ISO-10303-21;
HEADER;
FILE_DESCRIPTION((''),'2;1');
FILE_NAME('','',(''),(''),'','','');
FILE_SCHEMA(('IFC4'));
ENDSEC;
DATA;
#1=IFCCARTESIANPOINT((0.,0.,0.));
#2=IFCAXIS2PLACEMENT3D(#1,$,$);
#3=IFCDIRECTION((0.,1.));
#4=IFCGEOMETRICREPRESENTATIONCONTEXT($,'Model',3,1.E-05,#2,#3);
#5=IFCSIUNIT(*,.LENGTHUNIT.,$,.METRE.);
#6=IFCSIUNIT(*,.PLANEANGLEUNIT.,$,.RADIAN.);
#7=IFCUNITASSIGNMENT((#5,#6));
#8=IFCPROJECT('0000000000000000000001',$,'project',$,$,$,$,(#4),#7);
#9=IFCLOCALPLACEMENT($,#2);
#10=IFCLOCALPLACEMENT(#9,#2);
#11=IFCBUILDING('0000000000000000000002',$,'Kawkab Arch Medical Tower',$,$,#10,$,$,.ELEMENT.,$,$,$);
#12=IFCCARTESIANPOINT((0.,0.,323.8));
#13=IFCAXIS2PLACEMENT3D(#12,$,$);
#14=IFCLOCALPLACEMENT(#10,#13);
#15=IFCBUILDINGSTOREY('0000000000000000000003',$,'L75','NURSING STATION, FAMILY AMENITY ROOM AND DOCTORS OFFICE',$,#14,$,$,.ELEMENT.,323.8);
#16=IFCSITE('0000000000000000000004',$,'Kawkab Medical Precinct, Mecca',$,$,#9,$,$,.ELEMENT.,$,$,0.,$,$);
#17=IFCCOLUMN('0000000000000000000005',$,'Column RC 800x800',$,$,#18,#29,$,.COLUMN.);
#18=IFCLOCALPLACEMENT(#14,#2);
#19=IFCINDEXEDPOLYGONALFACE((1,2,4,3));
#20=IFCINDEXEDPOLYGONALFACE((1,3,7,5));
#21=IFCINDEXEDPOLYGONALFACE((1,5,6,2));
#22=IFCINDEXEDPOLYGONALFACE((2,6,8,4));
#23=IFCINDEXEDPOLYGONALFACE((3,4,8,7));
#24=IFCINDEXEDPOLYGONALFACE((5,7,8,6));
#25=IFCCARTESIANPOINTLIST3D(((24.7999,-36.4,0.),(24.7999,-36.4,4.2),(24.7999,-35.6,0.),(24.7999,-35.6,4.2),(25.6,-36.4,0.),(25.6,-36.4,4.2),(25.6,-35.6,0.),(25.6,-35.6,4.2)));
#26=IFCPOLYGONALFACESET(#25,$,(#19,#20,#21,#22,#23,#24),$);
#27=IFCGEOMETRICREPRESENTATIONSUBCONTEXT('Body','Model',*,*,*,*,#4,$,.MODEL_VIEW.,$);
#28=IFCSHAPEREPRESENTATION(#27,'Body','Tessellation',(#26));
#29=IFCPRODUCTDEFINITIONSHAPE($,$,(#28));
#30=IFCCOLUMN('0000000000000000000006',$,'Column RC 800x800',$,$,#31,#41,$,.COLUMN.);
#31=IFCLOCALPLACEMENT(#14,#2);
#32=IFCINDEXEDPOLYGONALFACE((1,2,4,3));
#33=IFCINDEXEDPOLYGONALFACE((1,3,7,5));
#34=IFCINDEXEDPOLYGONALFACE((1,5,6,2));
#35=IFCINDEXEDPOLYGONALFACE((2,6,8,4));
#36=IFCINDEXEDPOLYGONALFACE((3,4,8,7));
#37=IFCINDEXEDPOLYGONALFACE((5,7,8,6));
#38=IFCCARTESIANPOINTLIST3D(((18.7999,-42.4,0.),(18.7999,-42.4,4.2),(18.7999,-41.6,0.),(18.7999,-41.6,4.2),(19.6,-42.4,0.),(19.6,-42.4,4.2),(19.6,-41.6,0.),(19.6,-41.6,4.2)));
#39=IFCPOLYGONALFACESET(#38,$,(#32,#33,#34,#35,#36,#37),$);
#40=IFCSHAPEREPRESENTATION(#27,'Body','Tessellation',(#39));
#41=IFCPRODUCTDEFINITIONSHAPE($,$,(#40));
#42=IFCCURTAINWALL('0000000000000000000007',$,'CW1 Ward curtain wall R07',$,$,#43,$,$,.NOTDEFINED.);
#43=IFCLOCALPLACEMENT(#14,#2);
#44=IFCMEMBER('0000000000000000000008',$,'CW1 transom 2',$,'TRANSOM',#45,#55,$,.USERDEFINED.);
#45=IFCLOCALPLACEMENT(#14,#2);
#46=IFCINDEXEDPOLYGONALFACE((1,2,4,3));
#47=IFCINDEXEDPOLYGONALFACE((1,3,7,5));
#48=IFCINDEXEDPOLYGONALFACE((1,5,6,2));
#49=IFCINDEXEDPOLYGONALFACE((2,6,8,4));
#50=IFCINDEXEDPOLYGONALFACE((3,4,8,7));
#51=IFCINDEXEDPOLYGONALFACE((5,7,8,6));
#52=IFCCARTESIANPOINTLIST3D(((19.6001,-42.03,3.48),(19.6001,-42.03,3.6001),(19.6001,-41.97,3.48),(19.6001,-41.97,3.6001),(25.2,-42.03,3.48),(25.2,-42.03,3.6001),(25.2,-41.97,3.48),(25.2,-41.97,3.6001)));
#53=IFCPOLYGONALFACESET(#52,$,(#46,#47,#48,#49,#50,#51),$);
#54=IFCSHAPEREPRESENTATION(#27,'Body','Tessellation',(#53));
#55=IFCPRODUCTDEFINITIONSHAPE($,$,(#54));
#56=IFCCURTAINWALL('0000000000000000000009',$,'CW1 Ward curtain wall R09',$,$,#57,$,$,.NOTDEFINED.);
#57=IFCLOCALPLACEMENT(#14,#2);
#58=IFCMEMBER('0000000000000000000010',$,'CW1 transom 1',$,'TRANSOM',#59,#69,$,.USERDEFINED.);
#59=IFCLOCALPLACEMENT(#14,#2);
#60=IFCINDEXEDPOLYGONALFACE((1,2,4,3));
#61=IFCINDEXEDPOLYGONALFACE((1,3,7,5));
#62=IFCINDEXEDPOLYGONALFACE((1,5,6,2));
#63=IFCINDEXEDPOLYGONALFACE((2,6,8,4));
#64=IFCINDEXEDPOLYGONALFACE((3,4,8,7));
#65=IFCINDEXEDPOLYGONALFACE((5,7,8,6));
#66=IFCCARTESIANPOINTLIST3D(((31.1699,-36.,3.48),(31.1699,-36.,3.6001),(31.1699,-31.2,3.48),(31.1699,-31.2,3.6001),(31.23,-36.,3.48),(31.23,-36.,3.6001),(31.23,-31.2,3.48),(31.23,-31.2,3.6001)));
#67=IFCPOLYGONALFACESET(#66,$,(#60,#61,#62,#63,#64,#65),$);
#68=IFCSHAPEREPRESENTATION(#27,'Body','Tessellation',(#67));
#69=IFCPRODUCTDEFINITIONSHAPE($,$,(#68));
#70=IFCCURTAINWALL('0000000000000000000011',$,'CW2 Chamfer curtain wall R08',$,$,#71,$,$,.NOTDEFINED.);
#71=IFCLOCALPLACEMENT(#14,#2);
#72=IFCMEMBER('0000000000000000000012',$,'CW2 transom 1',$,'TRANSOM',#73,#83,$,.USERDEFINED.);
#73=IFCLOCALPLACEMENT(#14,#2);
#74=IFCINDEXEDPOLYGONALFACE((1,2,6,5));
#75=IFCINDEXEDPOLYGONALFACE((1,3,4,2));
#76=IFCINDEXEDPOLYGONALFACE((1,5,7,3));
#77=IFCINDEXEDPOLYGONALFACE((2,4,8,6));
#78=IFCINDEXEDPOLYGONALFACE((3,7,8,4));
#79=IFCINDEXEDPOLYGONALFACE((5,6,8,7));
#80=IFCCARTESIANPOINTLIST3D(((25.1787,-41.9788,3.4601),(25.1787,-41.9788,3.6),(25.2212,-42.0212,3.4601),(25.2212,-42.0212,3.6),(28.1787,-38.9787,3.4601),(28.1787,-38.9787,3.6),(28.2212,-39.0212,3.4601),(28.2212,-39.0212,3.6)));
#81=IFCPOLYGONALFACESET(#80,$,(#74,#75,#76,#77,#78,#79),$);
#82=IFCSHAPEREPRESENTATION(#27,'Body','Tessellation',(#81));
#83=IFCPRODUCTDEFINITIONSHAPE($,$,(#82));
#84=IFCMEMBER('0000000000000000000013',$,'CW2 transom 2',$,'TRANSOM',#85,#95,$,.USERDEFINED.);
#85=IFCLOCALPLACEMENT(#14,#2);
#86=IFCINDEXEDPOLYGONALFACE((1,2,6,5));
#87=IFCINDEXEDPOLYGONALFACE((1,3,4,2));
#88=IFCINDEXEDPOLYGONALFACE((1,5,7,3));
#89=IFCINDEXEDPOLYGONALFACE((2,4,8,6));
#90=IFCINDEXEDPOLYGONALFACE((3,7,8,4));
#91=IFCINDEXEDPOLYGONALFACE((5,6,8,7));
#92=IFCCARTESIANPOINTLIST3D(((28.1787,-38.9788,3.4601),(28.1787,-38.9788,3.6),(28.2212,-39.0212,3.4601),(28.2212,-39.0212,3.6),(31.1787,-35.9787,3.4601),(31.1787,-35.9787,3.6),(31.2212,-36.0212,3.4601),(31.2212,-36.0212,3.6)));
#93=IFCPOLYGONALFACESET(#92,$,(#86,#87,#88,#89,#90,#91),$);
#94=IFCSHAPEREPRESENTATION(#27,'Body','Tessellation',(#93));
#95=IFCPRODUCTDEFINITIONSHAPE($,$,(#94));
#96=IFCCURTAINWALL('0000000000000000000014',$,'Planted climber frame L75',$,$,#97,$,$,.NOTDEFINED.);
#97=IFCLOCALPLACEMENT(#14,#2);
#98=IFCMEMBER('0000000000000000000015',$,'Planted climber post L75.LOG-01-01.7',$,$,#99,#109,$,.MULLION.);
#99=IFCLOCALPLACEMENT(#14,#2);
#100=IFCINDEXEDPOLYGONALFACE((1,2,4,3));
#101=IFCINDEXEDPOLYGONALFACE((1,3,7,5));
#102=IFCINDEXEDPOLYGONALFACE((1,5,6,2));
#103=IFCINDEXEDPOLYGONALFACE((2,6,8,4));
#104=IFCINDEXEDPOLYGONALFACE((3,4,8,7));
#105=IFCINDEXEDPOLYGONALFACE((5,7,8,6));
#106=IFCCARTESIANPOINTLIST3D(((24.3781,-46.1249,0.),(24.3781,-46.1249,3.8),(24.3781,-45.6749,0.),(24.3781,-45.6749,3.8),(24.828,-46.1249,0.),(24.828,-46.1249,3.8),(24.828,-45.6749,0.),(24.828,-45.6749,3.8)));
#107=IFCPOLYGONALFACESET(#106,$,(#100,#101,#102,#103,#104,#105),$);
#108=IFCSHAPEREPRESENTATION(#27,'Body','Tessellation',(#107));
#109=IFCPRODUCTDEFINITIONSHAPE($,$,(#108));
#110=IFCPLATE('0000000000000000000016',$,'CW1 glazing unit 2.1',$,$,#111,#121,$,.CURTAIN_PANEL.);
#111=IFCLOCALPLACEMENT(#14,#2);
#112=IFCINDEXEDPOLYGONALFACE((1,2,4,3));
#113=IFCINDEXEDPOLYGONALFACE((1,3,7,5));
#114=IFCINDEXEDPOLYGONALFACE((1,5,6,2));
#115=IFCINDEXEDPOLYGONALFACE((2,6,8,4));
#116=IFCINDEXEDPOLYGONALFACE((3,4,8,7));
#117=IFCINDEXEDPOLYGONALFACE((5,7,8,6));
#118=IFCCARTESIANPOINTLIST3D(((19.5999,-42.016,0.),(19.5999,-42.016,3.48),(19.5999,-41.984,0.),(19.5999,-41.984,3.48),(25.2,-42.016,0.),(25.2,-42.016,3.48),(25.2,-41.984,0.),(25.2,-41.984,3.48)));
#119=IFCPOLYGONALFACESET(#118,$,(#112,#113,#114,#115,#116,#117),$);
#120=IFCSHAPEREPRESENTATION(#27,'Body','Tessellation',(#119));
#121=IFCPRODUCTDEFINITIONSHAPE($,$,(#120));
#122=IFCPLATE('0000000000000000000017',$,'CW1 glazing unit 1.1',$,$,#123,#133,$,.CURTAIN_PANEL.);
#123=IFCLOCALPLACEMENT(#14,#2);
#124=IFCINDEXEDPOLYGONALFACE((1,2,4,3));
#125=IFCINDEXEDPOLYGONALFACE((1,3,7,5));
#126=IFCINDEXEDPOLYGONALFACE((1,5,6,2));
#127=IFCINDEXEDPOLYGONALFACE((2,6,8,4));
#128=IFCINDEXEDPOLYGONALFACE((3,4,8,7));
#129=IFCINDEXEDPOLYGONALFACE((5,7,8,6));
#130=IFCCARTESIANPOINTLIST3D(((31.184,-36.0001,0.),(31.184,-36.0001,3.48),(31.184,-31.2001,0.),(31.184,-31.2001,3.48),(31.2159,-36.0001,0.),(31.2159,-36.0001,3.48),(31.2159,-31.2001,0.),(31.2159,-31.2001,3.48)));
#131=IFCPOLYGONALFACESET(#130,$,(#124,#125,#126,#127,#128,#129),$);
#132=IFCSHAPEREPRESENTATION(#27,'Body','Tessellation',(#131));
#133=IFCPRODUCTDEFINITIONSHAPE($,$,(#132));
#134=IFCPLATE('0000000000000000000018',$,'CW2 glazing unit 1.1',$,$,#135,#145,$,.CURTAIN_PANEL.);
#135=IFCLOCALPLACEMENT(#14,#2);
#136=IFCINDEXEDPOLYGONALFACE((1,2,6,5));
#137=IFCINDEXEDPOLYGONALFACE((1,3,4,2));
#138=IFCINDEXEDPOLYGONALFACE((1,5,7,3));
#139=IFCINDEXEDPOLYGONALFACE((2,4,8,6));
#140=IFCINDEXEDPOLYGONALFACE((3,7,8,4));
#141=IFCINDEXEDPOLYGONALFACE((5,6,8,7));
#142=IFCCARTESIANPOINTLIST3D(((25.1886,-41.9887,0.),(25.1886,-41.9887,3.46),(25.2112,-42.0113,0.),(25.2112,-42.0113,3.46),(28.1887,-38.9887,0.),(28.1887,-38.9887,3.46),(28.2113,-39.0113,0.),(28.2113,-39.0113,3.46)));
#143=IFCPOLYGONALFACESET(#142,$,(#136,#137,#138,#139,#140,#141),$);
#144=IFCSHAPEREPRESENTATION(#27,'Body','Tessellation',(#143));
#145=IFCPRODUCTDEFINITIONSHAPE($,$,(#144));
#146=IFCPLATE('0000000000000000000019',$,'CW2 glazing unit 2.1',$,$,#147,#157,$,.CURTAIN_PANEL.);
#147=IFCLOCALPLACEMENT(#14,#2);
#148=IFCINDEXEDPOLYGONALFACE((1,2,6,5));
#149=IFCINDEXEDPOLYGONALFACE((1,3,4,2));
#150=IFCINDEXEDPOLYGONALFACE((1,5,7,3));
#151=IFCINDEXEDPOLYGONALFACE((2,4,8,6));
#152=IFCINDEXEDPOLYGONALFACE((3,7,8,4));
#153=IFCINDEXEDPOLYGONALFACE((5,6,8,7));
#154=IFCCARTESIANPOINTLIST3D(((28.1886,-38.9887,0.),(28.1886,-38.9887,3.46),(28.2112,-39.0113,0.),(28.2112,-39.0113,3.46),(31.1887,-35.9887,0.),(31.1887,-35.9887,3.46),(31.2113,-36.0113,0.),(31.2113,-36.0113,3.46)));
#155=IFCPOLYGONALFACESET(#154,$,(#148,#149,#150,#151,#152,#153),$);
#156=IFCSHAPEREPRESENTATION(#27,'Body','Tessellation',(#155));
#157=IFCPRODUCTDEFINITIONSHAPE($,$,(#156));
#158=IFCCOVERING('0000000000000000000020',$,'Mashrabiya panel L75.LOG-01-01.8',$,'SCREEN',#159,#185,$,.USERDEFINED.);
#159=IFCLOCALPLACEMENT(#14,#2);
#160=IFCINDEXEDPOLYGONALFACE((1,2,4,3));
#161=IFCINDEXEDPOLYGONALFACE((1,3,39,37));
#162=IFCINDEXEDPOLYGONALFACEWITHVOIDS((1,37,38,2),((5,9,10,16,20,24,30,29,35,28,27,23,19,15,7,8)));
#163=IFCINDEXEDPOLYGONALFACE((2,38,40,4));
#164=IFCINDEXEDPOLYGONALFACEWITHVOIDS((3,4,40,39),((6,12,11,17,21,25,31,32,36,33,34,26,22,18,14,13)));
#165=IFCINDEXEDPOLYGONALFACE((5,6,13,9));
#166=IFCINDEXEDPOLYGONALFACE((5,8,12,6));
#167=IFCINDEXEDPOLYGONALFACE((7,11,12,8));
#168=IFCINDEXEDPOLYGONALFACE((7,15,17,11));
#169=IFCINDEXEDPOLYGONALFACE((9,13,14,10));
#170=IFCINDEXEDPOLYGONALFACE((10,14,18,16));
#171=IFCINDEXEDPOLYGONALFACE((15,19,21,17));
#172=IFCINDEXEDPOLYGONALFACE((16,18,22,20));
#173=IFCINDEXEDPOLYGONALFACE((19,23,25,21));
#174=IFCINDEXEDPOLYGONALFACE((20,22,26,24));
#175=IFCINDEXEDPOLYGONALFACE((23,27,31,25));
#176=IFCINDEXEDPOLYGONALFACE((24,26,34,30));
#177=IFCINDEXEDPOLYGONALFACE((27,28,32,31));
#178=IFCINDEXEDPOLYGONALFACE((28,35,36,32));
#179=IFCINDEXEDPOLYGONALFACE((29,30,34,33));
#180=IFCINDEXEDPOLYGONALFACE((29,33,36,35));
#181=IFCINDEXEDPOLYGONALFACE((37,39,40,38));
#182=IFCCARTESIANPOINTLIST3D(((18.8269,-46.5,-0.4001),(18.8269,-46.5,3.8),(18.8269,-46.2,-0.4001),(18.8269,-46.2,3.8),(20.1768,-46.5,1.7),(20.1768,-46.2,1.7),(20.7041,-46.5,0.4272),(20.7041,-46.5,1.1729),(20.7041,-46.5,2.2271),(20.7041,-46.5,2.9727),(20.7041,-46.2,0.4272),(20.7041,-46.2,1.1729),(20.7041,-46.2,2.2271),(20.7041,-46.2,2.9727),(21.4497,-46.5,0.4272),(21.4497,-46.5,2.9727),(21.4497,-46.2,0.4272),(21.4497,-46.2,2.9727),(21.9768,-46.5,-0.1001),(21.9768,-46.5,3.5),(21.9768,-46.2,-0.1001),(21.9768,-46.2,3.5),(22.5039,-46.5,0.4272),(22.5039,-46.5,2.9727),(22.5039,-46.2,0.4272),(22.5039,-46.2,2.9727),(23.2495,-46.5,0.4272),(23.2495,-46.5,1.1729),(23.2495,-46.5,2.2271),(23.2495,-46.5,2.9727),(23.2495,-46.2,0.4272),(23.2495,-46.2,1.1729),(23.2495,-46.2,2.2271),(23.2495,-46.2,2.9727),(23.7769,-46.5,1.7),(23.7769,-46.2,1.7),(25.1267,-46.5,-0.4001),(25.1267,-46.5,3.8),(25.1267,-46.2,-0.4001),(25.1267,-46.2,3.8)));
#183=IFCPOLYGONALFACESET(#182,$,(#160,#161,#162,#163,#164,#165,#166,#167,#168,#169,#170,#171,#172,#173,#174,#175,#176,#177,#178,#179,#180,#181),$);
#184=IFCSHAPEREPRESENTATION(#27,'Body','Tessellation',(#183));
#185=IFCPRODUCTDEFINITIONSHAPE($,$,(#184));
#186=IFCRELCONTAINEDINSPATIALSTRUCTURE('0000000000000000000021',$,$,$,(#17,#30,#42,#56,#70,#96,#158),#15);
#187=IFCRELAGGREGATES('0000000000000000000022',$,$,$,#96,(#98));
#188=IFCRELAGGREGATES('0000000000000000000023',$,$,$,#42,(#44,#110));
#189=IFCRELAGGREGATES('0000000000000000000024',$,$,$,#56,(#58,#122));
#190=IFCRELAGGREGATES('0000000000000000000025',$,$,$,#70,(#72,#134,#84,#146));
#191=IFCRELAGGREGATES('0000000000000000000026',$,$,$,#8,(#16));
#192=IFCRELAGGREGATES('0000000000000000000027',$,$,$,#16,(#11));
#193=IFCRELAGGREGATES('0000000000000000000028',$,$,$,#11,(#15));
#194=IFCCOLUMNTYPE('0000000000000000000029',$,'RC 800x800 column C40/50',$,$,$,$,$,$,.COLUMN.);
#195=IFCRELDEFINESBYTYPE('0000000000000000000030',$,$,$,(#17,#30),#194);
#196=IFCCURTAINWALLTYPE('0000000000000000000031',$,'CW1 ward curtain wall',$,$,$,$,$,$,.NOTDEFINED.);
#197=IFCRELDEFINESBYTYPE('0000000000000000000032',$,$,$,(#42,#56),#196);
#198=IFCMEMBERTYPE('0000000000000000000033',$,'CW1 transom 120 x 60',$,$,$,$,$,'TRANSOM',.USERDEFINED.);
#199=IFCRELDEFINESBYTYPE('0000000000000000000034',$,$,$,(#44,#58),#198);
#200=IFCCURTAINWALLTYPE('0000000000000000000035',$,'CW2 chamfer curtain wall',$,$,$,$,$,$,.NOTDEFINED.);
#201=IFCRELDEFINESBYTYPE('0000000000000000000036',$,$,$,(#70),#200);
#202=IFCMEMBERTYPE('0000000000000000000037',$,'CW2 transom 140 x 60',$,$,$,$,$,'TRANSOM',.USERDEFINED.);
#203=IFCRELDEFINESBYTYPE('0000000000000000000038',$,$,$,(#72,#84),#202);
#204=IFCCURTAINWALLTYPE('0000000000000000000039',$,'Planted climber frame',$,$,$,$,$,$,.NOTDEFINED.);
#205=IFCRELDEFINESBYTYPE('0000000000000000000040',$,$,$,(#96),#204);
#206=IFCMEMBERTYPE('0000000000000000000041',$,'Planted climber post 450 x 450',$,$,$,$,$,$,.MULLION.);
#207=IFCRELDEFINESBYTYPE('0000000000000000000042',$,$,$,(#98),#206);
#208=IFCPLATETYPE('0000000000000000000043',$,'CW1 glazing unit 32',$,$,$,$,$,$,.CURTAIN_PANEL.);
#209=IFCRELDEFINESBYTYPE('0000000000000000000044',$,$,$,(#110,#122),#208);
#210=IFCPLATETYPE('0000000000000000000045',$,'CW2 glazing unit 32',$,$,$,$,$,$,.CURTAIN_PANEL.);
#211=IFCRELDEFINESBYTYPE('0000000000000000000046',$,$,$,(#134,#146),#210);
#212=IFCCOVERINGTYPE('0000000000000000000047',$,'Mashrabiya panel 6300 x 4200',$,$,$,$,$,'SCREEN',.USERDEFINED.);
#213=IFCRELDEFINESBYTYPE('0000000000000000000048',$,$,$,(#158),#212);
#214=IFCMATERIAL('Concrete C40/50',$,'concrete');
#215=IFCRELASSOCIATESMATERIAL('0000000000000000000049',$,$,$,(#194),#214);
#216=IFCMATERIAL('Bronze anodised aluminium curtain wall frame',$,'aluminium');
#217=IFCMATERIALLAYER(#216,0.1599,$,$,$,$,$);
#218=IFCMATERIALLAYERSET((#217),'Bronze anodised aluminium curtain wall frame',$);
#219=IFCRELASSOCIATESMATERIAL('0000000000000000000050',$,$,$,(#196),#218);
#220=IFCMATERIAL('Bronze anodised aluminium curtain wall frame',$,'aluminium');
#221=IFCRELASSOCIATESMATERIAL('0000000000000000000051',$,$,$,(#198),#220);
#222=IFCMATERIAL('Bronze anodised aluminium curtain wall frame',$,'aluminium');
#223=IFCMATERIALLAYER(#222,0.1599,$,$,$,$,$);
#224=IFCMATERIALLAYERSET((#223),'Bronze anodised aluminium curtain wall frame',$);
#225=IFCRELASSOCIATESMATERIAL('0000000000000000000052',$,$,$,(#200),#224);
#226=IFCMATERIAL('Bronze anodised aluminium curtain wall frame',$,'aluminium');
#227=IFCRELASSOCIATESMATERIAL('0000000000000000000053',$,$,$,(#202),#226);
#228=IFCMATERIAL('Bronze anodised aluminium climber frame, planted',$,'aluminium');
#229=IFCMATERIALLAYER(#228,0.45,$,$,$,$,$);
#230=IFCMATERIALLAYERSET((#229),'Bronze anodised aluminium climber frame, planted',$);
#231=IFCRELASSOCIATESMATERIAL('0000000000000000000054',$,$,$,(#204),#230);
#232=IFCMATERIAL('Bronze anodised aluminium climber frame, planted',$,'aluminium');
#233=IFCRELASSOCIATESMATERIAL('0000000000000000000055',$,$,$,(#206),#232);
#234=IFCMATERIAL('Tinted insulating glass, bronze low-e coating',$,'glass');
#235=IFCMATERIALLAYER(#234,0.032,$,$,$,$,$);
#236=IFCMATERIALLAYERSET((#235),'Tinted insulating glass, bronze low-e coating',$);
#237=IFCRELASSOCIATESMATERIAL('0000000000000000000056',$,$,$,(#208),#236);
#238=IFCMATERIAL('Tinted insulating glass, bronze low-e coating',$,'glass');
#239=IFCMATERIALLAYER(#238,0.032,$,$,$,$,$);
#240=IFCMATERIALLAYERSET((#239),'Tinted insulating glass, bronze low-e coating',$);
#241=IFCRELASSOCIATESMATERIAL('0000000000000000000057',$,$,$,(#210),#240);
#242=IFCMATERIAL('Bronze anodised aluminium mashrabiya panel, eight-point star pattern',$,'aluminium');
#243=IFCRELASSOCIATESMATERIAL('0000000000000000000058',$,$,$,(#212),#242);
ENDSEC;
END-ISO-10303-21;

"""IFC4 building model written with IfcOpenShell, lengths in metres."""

from ifc_helpers import new_model, si_unit, direction, frame, origin, origin_2d, place, context, subcontext, project, spatial, polyline, rectangle, outline, extrude, material, layer, layer_set, material_profile, profile_set, type_object, element, aggregate, save


model = new_model("IFC4")

# Units and contexts
model_context = context("Model", 3, precision=1e-05, world=origin(), true_north=direction((0.0, 1.0)))
body_context = subcontext(model_context, "Body", "Model", "MODEL_VIEW")
ifc_project = project(units=[si_unit("LENGTHUNIT", "METRE"), si_unit("PLANEANGLEUNIT", "RADIAN")], contexts=[model_context])

# Site, building, storey
site_placement = place(None, origin())
site = spatial("IfcSite", under=ifc_project, at=site_placement, Name="Kawkab Medical Precinct, Mecca", CompositionType="ELEMENT", RefElevation=0.0)
building_placement = place(site_placement, origin())
building = spatial("IfcBuilding", under=site, at=building_placement, Name="Kawkab Arch Medical Tower", CompositionType="ELEMENT")
storey_placement = place(building_placement, frame((0.0, 0.0, 323.8)))
storey = spatial("IfcBuildingStorey", under=building, at=storey_placement, Name="L75", Description="NURSING STATION, FAMILY AMENITY ROOM AND DOCTORS OFFICE", CompositionType="ELEMENT", Elevation=323.8)

# Columns
ifc_material_1 = material(Name="Concrete C40/50", Category="concrete")
ifc_material_profile_1 = material_profile(ifc_material_1, rectangle(XDim=0.8, YDim=0.8, at=origin_2d()), Name="RC 800x800")
ifc_profile_set_1 = profile_set([ifc_material_profile_1], Name="Concrete C40/50")
column_type = type_object("IfcColumnType", Name="RC 800x800 column C40/50", PredefinedType="COLUMN", material=ifc_profile_set_1)
for number, where, z_axis, x_axis, name in (
    (1, (25.2, -36.0, 0.0), (0.0, 0.0, 1.0), (1.0, 0.0, 0.0), "Column RC 800x800"),
    (2, (19.2, -42.0, 0.0), (0.0, 0.0, 1.0), (1.0, 0.0, 0.0), "Column RC 800x800"),
):
    element("IfcColumn", number, at=place(storey_placement, frame(where, z_axis=z_axis, x_axis=x_axis)), inside=storey, type_object=column_type, Name=name, PredefinedType="COLUMN", context=body_context, shape_type="SweptSolid", body=[
        extrude(rectangle(XDim=0.8, YDim=0.8, at=origin_2d()), origin(), (0.0, 0.0, 1.0), 4.2),
    ])

# Curtain walls, members
ifc_material_2 = material(Name="Bronze anodised aluminium curtain wall frame", Category="aluminium")
ifc_layer_1 = layer(ifc_material_2, 0.1599)
ifc_layer_set_1 = layer_set([ifc_layer_1], Name="Bronze anodised aluminium curtain wall frame")
curtain_wall_type_1 = type_object("IfcCurtainWallType", Name="CW1 ward curtain wall", PredefinedType="NOTDEFINED", material=ifc_layer_set_1)
placement = place(storey_placement, origin())
curtain_wall_1 = element("IfcCurtainWall", 3, at=placement, inside=storey, type_object=curtain_wall_type_1, Name="CW1 Ward curtain wall R07", PredefinedType="NOTDEFINED")
ifc_material_3 = material(Name="Bronze anodised aluminium curtain wall frame", Category="aluminium")
ifc_material_profile_2 = material_profile(ifc_material_3, rectangle(XDim=0.0601, YDim=0.1201, at=origin_2d()), Name="AL 60x120")
ifc_profile_set_2 = profile_set([ifc_material_profile_2], Name="Bronze anodised aluminium curtain wall frame")
member_type_1 = type_object("IfcMemberType", Name="CW1 transom 120 x 60", ElementType="TRANSOM", PredefinedType="USERDEFINED", material=ifc_profile_set_2)
member_1_placement = place(storey_placement, frame((19.6001, -42.0, 3.54), z_axis=(1.0, 0.0, 0.0), x_axis=(0.0, 1.0, 0.0)))
member_1 = element("IfcMember", 4, at=member_1_placement, type_object=member_type_1, Name="CW1 transom 2", ObjectType="TRANSOM", PredefinedType="USERDEFINED", context=body_context, shape_type="SweptSolid", body=[
    extrude(rectangle(XDim=0.0601, YDim=0.1201, at=origin_2d()), origin(), (0.0, 0.0, 1.0), 5.5999),
])
curtain_wall_2 = element("IfcCurtainWall", 5, at=placement, inside=storey, type_object=curtain_wall_type_1, Name="CW1 Ward curtain wall R09", PredefinedType="NOTDEFINED")
member_2_placement = place(storey_placement, frame((31.2, -36.0, 3.54), z_axis=(0.0, 1.0, 0.0), x_axis=(-1.0, 0.0, 0.0)))
member_2 = element("IfcMember", 6, at=member_2_placement, type_object=member_type_1, Name="CW1 transom 1", ObjectType="TRANSOM", PredefinedType="USERDEFINED", context=body_context, shape_type="SweptSolid", body=[
    extrude(rectangle(XDim=0.0601, YDim=0.1201, at=origin_2d()), origin(), (0.0, 0.0, 1.0), 4.8),
])

# Curtain wall, members
ifc_material_4 = material(Name="Bronze anodised aluminium curtain wall frame", Category="aluminium")
ifc_layer_2 = layer(ifc_material_4, 0.1599)
ifc_layer_set_2 = layer_set([ifc_layer_2], Name="Bronze anodised aluminium curtain wall frame")
curtain_wall_type_2 = type_object("IfcCurtainWallType", Name="CW2 chamfer curtain wall", PredefinedType="NOTDEFINED", material=ifc_layer_set_2)
curtain_wall_3 = element("IfcCurtainWall", 7, at=placement, inside=storey, type_object=curtain_wall_type_2, Name="CW2 Chamfer curtain wall R08", PredefinedType="NOTDEFINED")
ifc_material_5 = material(Name="Bronze anodised aluminium curtain wall frame", Category="aluminium")
ifc_material_profile_3 = material_profile(ifc_material_5, rectangle(XDim=0.0601, YDim=0.1399, at=origin_2d()), Name="AL 60x140")
ifc_profile_set_3 = profile_set([ifc_material_profile_3], Name="Bronze anodised aluminium curtain wall frame")
member_type_2 = type_object("IfcMemberType", Name="CW2 transom 140 x 60", ElementType="TRANSOM", PredefinedType="USERDEFINED", material=ifc_profile_set_3)
member_3_placement = place(storey_placement, frame((25.2, -42.0, 3.53), z_axis=(0.707107, 0.707107, 0.0), x_axis=(-0.707107, 0.707107, 0.0)))
member_3 = element("IfcMember", 8, at=member_3_placement, type_object=member_type_2, Name="CW2 transom 1", ObjectType="TRANSOM", PredefinedType="USERDEFINED", context=body_context, shape_type="SweptSolid", body=[
    extrude(rectangle(XDim=0.0601, YDim=0.1399, at=origin_2d()), origin(), (0.0, 0.0, 1.0), 4.2427),
])
member_4_placement = place(storey_placement, frame((28.2, -39.0, 3.53), z_axis=(0.707107, 0.707107, 0.0), x_axis=(-0.707107, 0.707107, 0.0)))
member_4 = element("IfcMember", 9, at=member_4_placement, type_object=member_type_2, Name="CW2 transom 2", ObjectType="TRANSOM", PredefinedType="USERDEFINED", context=body_context, shape_type="SweptSolid", body=[
    extrude(rectangle(XDim=0.0601, YDim=0.1399, at=origin_2d()), origin(), (0.0, 0.0, 1.0), 4.2427),
])

# Curtain wall, member
ifc_material_6 = material(Name="Bronze anodised aluminium climber frame, planted", Category="aluminium")
ifc_layer_3 = layer(ifc_material_6, 0.45)
ifc_layer_set_3 = layer_set([ifc_layer_3], Name="Bronze anodised aluminium climber frame, planted")
curtain_wall_type_3 = type_object("IfcCurtainWallType", Name="Planted climber frame", PredefinedType="NOTDEFINED", material=ifc_layer_set_3)
curtain_wall_4 = element("IfcCurtainWall", 10, at=placement, inside=storey, type_object=curtain_wall_type_3, Name="Planted climber frame L75", PredefinedType="NOTDEFINED")
ifc_material_7 = material(Name="Bronze anodised aluminium climber frame, planted", Category="aluminium")
ifc_material_profile_4 = material_profile(ifc_material_7, rectangle(XDim=0.45, YDim=0.45, at=origin_2d()), Name="Post 450x450")
ifc_profile_set_4 = profile_set([ifc_material_profile_4], Name="Bronze anodised aluminium climber frame, planted")
member_type_3 = type_object("IfcMemberType", Name="Planted climber post 450 x 450", PredefinedType="MULLION", material=ifc_profile_set_4)
member_5_placement = place(storey_placement, frame((24.603, -45.8999, 0.0), z_axis=(0.0, 0.0, 1.0), x_axis=(1.0, 0.0, 0.0)))
member_5 = element("IfcMember", 11, at=member_5_placement, type_object=member_type_3, Name="Planted climber post L75.LOG-01-01.7", PredefinedType="MULLION", context=body_context, shape_type="SweptSolid", body=[
    extrude(rectangle(XDim=0.45, YDim=0.45, at=origin_2d()), origin(), (0.0, 0.0, 1.0), 3.8),
])
aggregate(curtain_wall_4, [member_5])

# Plates
ifc_material_8 = material(Name="Tinted insulating glass, bronze low-e coating", Category="glass")
ifc_layer_4 = layer(ifc_material_8, 0.032)
ifc_layer_set_4 = layer_set([ifc_layer_4], Name="Tinted insulating glass, bronze low-e coating")
plate_type_1 = type_object("IfcPlateType", Name="CW1 glazing unit 32", PredefinedType="CURTAIN_PANEL", material=ifc_layer_set_4)
plate_1_placement = place(storey_placement, frame((22.3999, -42.0, 0.0), z_axis=(0.0, 0.0, 1.0), x_axis=(1.0, 0.0, 0.0)))
plate_1 = element("IfcPlate", 12, at=plate_1_placement, type_object=plate_type_1, Name="CW1 glazing unit 2.1", PredefinedType="CURTAIN_PANEL", context=body_context, shape_type="SweptSolid", body=[
    extrude(rectangle(XDim=5.6001, YDim=0.032, at=origin_2d()), origin(), (0.0, 0.0, 1.0), 3.48),
])
aggregate(curtain_wall_1, [member_1, plate_1])
plate_2_placement = place(storey_placement, frame((31.2, -33.6001, 0.0), z_axis=(0.0, 0.0, 1.0), x_axis=(0.0, 1.0, 0.0)))
plate_2 = element("IfcPlate", 13, at=plate_2_placement, type_object=plate_type_1, Name="CW1 glazing unit 1.1", PredefinedType="CURTAIN_PANEL", context=body_context, shape_type="SweptSolid", body=[
    extrude(rectangle(XDim=4.8, YDim=0.032, at=origin_2d()), origin(), (0.0, 0.0, 1.0), 3.48),
])
aggregate(curtain_wall_2, [member_2, plate_2])
ifc_material_9 = material(Name="Tinted insulating glass, bronze low-e coating", Category="glass")
ifc_layer_5 = layer(ifc_material_9, 0.032)
ifc_layer_set_5 = layer_set([ifc_layer_5], Name="Tinted insulating glass, bronze low-e coating")
plate_type_2 = type_object("IfcPlateType", Name="CW2 glazing unit 32", PredefinedType="CURTAIN_PANEL", material=ifc_layer_set_5)
plate_3_placement = place(storey_placement, frame((26.7, -40.5, 0.0), z_axis=(0.0, 0.0, 1.0), x_axis=(0.707107, 0.707107, 0.0)))
plate_3 = element("IfcPlate", 14, at=plate_3_placement, type_object=plate_type_2, Name="CW2 glazing unit 1.1", PredefinedType="CURTAIN_PANEL", context=body_context, shape_type="SweptSolid", body=[
    extrude(rectangle(XDim=4.2427, YDim=0.032, at=origin_2d()), origin(), (0.0, 0.0, 1.0), 3.46),
])
plate_4_placement = place(storey_placement, frame((29.7, -37.5, 0.0), z_axis=(0.0, 0.0, 1.0), x_axis=(0.707107, 0.707107, 0.0)))
plate_4 = element("IfcPlate", 15, at=plate_4_placement, type_object=plate_type_2, Name="CW2 glazing unit 2.1", PredefinedType="CURTAIN_PANEL", context=body_context, shape_type="SweptSolid", body=[
    extrude(rectangle(XDim=4.2427, YDim=0.032, at=origin_2d()), origin(), (0.0, 0.0, 1.0), 3.46),
])
aggregate(curtain_wall_3, [member_3, plate_3, member_4, plate_4])

# Covering
ifc_material_10 = material(Name="Bronze anodised aluminium mashrabiya panel, eight-point star pattern", Category="aluminium")
ifc_material_profile_5 = material_profile(ifc_material_10, outline(polyline([(-3.1499, -2.1001), (3.1499, -2.1001), (3.1499, 2.1001), (-3.1499, 2.1001), (-3.1499, -2.1001)]), holes=[polyline([(1.8, 0.0), (1.2727, 0.5271), (1.2727, 1.2727), (0.5271, 1.2727), (0.0, 1.8), (-0.5271, 1.2727), (-1.2727, 1.2727), (-1.2727, 0.5271), (-1.8, 0.0), (-1.2727, -0.5271), (-1.2727, -1.2727), (-0.5271, -1.2727), (0.0, -1.8), (0.5271, -1.2727), (1.2727, -1.2727), (1.2727, -0.5271), (1.8, 0.0)])]), Name="Mashrabiya panel 6300x4200")
ifc_profile_set_5 = profile_set([ifc_material_profile_5], Name="Bronze anodised aluminium mashrabiya panel, eight-point star pattern")
covering_type_1 = type_object("IfcCoveringType", Name="Mashrabiya panel 6300 x 4200", ElementType="SCREEN", PredefinedType="USERDEFINED", material=ifc_profile_set_5)
covering_1_placement = place(storey_placement, frame((21.9768, -46.2, 1.7), z_axis=(0.0, -1.0, 0.0), x_axis=(1.0, 0.0, 0.0)))
element("IfcCovering", 16, at=covering_1_placement, inside=storey, type_object=covering_type_1, Name="Mashrabiya panel L75.LOG-01-01.8", ObjectType="SCREEN", PredefinedType="USERDEFINED", context=body_context, shape_type="SweptSolid", body=[
    extrude(outline(polyline([(-3.1499, -2.1001), (3.1499, -2.1001), (3.1499, 2.1001), (-3.1499, 2.1001), (-3.1499, -2.1001)]), holes=[polyline([(1.8, 0.0), (1.2727, 0.5271), (1.2727, 1.2727), (0.5271, 1.2727), (0.0, 1.8), (-0.5271, 1.2727), (-1.2727, 1.2727), (-1.2727, 0.5271), (-1.8, 0.0), (-1.2727, -0.5271), (-1.2727, -1.2727), (-0.5271, -1.2727), (0.0, -1.8), (0.5271, -1.2727), (1.2727, -1.2727), (1.2727, -0.5271), (1.8, 0.0)])]), origin(), (0.0, 0.0, 1.0), 0.3),
])

save(model, "model.ifc")
